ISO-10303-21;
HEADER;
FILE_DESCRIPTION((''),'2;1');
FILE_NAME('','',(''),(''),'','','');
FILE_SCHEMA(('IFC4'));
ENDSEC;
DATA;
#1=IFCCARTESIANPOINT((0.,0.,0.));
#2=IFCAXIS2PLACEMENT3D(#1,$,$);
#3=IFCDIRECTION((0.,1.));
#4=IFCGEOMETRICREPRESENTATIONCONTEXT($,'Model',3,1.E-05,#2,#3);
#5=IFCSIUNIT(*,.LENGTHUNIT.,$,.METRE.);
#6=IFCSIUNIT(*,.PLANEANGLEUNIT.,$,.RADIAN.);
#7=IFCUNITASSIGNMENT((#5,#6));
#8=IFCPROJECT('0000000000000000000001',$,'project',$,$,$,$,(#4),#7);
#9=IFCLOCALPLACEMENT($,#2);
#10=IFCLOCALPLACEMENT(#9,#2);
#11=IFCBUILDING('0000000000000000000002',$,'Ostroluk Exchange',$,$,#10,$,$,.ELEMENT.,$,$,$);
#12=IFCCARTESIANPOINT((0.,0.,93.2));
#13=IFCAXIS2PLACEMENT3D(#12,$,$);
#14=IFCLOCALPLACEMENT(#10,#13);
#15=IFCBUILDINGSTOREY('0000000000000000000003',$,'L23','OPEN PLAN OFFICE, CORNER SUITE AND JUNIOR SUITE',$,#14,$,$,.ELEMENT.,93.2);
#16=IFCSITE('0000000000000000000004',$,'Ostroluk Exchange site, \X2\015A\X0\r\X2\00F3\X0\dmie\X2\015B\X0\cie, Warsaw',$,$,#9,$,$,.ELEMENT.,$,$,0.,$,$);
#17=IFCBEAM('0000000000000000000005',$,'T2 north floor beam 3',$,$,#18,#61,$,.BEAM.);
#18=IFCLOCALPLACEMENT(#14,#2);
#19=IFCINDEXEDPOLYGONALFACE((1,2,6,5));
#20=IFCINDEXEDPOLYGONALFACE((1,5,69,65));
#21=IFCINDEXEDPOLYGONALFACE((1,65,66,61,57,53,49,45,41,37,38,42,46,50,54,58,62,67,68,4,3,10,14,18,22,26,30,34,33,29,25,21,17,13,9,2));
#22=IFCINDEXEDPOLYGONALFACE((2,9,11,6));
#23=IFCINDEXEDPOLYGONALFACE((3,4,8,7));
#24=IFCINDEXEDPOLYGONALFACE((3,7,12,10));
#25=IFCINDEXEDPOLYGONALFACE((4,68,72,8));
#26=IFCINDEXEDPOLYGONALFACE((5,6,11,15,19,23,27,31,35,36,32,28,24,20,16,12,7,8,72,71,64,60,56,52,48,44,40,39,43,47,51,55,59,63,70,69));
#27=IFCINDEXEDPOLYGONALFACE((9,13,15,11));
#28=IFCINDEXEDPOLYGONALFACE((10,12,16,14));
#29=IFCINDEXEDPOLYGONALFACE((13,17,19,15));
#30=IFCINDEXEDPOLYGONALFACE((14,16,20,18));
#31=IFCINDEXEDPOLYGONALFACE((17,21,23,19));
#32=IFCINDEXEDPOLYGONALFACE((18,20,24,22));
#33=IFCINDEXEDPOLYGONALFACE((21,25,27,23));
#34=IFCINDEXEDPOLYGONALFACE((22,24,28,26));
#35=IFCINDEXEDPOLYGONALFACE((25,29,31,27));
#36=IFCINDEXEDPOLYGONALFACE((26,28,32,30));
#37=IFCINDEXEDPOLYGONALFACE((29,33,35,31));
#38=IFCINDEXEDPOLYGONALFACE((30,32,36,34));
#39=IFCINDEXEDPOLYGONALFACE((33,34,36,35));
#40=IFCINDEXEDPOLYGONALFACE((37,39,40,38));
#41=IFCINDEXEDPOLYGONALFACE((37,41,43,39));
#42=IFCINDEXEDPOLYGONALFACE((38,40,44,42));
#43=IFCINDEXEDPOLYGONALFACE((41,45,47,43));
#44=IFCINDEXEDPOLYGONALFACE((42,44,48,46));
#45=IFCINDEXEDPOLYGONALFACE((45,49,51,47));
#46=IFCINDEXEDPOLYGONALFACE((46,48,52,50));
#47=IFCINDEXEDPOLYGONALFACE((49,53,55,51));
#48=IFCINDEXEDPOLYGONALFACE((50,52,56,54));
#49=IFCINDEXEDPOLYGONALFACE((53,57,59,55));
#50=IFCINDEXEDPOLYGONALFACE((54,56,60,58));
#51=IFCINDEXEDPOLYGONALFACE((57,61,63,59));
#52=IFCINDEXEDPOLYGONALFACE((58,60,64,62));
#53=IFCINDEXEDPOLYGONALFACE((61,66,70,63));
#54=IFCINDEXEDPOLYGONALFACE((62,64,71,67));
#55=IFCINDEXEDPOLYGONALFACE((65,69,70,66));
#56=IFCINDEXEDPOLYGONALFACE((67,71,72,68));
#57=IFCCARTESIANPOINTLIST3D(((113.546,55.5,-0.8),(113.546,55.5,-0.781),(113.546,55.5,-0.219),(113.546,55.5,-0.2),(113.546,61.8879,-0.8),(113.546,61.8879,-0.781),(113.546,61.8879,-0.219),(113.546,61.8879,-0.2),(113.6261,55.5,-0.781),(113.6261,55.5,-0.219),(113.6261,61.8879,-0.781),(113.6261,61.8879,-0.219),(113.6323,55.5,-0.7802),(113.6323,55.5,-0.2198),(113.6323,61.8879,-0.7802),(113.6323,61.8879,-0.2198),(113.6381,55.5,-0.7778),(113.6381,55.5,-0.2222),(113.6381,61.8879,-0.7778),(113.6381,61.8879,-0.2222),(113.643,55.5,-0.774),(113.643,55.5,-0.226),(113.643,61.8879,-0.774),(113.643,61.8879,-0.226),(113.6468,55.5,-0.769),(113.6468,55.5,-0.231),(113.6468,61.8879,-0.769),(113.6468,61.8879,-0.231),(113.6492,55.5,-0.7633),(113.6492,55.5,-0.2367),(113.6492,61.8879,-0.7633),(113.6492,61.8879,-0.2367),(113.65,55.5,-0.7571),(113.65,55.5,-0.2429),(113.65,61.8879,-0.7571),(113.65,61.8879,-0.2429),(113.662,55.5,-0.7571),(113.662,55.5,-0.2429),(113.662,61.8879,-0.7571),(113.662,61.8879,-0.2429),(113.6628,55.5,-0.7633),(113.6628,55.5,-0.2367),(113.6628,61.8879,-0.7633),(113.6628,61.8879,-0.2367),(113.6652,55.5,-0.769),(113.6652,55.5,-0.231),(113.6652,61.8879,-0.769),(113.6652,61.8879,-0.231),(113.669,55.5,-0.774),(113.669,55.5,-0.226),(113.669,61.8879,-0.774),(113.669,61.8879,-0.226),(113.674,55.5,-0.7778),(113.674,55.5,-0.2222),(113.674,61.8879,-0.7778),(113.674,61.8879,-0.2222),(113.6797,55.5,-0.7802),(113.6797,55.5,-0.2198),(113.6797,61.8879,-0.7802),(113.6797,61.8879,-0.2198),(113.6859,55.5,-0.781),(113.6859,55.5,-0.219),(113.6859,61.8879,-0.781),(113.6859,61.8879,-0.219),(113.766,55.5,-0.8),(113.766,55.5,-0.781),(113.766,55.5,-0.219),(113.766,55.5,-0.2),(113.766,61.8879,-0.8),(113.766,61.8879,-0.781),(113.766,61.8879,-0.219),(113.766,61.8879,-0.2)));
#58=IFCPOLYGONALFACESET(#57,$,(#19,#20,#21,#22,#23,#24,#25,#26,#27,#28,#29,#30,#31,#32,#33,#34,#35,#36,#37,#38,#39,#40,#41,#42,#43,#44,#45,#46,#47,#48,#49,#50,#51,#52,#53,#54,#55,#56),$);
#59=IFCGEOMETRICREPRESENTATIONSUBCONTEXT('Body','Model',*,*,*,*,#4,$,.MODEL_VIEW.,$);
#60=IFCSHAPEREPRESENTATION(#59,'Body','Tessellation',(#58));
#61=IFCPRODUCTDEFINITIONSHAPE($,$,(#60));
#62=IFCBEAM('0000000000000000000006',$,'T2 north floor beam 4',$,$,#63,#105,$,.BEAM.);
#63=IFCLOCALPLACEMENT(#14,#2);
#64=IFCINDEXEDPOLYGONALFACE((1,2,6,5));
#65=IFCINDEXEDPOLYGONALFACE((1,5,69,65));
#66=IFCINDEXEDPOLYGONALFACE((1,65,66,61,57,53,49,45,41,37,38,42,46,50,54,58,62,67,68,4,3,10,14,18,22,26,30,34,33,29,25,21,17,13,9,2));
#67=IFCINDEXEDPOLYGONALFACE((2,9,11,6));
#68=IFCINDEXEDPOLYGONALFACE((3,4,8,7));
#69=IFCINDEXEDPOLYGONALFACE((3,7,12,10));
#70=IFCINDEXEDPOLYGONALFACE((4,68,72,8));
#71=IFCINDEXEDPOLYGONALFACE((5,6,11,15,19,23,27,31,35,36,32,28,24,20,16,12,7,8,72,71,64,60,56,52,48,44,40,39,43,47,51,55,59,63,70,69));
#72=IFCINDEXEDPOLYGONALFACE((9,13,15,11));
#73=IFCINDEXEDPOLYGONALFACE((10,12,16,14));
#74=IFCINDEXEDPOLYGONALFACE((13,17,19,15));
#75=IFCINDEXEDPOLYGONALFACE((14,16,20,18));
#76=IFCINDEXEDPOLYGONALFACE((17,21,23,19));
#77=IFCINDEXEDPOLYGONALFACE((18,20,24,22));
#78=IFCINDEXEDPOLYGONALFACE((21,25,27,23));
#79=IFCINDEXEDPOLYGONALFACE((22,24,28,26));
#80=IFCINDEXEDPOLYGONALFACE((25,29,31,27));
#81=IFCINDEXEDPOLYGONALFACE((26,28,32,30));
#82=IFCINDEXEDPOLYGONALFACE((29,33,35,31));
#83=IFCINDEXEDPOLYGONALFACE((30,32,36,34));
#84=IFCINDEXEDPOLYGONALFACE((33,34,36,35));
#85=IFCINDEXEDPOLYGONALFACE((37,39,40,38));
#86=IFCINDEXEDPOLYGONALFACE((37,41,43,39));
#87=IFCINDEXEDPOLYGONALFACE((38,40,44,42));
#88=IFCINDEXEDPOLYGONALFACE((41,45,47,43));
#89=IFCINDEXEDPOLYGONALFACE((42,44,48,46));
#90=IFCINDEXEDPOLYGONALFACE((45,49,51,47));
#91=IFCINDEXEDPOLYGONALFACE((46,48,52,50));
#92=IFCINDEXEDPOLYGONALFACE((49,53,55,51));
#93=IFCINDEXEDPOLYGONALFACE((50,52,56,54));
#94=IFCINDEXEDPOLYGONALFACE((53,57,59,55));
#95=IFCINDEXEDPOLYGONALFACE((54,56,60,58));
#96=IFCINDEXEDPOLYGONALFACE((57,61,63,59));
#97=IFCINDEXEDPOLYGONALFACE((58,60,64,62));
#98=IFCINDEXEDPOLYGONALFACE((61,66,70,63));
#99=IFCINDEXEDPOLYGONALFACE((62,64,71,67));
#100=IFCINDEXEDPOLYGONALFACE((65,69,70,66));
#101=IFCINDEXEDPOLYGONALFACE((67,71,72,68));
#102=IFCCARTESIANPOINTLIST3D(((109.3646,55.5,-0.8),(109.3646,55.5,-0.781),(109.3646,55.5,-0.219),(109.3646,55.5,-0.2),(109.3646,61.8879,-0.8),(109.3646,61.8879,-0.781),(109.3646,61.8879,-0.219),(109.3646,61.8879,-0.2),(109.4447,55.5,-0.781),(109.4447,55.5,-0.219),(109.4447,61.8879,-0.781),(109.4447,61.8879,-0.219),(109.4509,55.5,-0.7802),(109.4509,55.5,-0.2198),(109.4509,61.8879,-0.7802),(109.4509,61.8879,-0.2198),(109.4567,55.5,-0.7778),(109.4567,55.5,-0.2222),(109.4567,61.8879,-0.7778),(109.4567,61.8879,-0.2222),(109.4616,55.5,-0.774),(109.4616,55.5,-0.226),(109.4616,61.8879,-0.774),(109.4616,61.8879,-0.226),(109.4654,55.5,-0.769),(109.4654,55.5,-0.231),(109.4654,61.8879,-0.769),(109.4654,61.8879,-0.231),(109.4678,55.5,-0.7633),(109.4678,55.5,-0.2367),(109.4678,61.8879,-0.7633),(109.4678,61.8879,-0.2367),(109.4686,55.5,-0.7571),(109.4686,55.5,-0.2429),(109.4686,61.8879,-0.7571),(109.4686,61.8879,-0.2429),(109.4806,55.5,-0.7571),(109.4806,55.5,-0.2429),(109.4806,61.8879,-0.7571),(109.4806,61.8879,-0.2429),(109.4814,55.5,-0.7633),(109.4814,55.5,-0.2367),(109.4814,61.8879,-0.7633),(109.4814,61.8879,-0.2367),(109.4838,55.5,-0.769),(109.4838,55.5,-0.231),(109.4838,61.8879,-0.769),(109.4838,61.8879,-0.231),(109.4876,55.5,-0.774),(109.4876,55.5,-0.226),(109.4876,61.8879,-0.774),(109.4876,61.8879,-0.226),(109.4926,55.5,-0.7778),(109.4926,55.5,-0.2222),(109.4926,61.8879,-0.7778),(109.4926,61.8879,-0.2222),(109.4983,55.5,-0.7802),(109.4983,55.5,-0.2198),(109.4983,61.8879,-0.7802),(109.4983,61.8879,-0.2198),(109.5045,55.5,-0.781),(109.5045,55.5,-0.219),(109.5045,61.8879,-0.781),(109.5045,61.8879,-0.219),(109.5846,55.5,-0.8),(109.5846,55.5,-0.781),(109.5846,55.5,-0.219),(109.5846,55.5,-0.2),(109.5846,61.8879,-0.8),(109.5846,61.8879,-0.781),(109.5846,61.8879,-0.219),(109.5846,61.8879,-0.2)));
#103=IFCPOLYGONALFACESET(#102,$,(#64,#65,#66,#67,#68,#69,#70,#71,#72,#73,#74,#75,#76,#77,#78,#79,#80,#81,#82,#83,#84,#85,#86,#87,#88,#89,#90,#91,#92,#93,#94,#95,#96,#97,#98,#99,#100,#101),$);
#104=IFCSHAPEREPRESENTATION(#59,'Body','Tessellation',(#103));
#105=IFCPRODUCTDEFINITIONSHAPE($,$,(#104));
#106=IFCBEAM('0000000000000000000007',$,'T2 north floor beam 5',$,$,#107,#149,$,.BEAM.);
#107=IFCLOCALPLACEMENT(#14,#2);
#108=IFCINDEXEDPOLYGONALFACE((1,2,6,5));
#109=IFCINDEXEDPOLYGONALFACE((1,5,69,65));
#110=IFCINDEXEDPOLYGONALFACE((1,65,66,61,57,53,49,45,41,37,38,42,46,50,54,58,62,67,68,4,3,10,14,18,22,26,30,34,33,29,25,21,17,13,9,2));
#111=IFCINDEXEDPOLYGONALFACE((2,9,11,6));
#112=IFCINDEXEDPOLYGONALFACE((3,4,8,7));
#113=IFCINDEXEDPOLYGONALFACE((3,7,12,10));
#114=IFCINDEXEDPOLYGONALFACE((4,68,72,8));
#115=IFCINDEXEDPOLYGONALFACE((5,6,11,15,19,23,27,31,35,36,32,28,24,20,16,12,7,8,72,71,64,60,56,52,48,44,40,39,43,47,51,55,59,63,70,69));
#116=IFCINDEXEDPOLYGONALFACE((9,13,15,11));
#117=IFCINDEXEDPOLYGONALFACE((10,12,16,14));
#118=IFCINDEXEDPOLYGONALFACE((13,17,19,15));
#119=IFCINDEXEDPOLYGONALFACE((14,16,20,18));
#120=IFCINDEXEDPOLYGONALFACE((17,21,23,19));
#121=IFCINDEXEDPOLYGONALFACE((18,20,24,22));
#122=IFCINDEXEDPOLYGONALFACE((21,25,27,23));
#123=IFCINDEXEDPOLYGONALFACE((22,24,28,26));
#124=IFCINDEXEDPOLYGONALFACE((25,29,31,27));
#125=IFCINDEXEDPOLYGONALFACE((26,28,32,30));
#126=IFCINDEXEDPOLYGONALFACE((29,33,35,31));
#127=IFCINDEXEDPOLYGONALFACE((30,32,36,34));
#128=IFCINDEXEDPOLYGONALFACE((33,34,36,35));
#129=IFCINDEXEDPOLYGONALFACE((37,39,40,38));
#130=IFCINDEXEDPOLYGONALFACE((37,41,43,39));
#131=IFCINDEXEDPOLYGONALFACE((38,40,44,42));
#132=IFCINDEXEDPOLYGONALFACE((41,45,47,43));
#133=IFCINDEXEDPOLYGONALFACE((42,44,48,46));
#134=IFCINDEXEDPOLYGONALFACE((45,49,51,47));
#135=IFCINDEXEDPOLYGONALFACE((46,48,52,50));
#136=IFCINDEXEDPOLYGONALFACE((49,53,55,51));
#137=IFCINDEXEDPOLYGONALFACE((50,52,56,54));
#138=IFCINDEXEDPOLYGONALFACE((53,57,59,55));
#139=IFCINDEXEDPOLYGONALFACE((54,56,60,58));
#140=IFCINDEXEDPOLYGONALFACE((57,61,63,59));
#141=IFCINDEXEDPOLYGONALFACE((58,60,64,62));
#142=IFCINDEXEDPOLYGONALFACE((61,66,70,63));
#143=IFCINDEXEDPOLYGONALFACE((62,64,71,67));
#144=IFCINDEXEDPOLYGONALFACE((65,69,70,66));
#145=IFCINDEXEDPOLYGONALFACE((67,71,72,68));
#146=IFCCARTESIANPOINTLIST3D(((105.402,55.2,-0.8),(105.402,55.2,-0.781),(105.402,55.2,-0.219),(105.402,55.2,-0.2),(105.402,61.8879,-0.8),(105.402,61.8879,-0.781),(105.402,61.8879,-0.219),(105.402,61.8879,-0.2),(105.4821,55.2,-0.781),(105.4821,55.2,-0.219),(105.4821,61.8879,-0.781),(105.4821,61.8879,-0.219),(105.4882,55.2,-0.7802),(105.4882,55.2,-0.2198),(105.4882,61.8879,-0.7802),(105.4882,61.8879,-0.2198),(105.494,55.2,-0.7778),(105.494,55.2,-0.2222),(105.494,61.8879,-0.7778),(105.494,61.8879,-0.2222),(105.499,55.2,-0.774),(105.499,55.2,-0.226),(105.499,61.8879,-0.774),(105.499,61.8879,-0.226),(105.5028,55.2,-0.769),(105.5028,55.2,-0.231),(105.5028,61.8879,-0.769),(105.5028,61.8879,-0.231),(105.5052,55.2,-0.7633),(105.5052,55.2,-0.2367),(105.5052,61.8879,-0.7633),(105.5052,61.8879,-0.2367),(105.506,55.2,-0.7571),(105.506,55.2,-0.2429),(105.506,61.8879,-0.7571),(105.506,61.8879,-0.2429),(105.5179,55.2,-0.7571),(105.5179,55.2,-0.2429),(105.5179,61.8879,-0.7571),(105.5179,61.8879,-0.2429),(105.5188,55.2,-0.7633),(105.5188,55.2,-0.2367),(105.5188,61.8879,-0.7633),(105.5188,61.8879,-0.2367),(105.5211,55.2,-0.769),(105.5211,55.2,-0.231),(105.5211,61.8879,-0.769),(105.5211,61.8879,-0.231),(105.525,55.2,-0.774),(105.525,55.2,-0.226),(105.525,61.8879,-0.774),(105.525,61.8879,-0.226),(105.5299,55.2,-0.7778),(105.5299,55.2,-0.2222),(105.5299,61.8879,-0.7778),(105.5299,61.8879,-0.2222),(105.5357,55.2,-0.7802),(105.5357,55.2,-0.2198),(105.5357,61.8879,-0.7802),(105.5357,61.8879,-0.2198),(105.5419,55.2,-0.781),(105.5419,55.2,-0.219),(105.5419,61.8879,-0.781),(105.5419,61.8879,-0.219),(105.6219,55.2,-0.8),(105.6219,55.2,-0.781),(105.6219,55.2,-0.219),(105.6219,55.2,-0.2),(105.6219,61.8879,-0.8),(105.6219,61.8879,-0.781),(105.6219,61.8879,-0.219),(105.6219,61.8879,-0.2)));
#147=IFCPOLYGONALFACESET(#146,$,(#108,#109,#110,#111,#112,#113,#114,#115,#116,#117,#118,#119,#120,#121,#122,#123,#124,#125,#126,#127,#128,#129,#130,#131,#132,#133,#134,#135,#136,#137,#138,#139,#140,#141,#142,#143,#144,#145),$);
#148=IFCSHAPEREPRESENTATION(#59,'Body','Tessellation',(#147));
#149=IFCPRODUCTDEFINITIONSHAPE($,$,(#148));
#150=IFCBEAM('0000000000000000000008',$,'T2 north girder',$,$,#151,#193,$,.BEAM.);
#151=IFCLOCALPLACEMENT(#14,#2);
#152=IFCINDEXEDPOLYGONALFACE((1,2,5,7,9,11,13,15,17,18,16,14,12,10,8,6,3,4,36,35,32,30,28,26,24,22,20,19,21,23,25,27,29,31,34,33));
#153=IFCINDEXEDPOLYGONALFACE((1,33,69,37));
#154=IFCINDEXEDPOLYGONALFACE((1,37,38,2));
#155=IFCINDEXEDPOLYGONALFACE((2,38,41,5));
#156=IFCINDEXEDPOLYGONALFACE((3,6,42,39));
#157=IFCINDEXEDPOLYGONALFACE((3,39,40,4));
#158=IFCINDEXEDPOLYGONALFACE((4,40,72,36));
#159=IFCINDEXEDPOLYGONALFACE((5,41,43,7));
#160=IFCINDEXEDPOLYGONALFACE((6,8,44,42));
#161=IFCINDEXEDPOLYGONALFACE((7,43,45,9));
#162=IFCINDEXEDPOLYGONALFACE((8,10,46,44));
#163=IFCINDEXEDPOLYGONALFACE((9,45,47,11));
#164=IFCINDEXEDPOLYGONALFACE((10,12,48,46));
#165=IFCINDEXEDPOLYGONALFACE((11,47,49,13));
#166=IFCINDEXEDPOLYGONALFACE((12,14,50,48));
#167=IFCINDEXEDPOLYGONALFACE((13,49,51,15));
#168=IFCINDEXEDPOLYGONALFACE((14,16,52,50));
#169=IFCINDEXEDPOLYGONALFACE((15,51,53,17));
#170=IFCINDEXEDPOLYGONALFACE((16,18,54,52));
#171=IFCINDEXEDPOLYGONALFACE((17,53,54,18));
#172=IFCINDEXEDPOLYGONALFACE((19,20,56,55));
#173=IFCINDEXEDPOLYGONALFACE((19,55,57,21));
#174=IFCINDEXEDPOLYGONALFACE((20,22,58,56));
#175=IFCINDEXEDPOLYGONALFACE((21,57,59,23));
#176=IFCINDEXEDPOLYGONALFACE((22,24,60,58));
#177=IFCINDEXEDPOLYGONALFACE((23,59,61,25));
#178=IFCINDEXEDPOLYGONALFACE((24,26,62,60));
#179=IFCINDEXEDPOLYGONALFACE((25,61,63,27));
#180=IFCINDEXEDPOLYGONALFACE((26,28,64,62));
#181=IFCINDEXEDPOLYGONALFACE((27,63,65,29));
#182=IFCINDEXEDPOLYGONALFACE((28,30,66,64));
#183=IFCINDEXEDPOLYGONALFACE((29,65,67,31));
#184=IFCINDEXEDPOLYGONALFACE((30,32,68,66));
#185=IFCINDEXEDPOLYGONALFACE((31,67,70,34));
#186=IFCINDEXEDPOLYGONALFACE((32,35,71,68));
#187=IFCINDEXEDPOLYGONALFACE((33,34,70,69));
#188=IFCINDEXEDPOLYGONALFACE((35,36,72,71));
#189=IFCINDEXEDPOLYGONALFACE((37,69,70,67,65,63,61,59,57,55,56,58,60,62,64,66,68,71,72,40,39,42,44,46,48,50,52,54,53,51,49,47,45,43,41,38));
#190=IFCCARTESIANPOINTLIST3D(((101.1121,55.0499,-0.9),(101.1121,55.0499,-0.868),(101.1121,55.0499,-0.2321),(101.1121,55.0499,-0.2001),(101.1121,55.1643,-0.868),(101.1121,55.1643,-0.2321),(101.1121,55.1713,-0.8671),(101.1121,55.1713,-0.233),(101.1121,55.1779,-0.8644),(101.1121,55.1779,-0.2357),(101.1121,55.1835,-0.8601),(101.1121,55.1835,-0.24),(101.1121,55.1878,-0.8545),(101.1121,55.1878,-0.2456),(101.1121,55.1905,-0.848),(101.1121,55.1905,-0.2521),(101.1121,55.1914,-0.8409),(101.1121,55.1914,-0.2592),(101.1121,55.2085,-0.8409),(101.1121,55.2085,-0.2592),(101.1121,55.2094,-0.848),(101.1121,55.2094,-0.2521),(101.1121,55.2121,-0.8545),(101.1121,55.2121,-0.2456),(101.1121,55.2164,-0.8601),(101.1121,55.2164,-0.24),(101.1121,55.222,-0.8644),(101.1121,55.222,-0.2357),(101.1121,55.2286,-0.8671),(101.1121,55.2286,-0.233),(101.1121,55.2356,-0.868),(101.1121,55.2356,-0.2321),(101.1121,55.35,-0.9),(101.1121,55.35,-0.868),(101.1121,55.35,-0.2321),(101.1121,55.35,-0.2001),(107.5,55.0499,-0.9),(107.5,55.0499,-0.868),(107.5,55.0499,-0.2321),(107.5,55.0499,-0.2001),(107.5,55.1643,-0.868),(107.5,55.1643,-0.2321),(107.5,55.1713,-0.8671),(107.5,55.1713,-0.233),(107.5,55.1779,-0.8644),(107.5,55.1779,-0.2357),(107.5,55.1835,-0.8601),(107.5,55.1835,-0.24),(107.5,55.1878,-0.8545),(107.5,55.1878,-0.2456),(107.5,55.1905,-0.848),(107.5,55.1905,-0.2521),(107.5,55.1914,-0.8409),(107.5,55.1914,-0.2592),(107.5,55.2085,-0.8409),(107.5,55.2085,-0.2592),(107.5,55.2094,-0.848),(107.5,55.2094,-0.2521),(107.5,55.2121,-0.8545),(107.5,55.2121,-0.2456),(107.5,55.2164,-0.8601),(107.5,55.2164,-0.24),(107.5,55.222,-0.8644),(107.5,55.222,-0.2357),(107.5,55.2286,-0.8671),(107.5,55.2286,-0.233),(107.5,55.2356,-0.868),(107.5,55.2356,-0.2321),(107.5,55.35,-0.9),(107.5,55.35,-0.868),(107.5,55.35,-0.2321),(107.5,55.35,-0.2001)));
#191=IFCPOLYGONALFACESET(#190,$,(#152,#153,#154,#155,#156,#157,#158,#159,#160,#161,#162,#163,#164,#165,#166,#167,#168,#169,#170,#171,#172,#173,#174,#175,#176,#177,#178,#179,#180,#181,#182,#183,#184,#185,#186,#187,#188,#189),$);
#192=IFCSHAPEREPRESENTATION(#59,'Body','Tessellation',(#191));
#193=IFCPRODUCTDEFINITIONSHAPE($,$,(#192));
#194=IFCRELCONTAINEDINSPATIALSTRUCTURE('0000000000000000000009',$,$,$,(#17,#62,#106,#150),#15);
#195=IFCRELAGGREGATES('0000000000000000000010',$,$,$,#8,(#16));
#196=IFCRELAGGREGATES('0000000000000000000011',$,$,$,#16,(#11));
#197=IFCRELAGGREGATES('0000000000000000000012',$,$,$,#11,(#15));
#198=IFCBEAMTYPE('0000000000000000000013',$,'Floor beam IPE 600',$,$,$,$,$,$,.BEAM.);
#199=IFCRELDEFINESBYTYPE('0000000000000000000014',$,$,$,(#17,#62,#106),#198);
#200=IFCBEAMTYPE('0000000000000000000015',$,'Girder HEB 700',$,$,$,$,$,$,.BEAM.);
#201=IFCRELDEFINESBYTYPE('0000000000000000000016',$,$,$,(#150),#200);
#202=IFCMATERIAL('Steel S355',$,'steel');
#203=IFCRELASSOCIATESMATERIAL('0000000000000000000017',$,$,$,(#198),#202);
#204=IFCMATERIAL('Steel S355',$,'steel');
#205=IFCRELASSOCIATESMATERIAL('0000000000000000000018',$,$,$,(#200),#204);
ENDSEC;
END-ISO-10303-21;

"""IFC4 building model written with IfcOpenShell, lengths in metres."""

from ifc_helpers import new_model, si_unit, direction, frame, origin, origin_2d, place, context, subcontext, project, spatial, i_section, extrude, material, material_profile, profile_set, type_object, element, save


model = new_model("IFC4")

# Units and contexts
model_context = context("Model", 3, precision=1e-05, world=origin(), true_north=direction((0.0, 1.0)))
body_context = subcontext(model_context, "Body", "Model", "MODEL_VIEW")
ifc_project = project(units=[si_unit("LENGTHUNIT", "METRE"), si_unit("PLANEANGLEUNIT", "RADIAN")], contexts=[model_context])

# Site, building, storey
site_placement = place(None, origin())
site = spatial("IfcSite", under=ifc_project, at=site_placement, Name="Ostroluk Exchange site, Śródmieście, Warsaw", CompositionType="ELEMENT", RefElevation=0.0)
building_placement = place(site_placement, origin())
building = spatial("IfcBuilding", under=site, at=building_placement, Name="Ostroluk Exchange", CompositionType="ELEMENT")
storey_placement = place(building_placement, frame((0.0, 0.0, 93.2)))
storey = spatial("IfcBuildingStorey", under=building, at=storey_placement, Name="L23", Description="OPEN PLAN OFFICE, CORNER SUITE AND JUNIOR SUITE", CompositionType="ELEMENT", Elevation=93.2)

# Beams
ifc_material_1 = material(Name="Steel S355", Category="steel")
ifc_material_profile_1 = material_profile(ifc_material_1, i_section(OverallWidth=0.22, OverallDepth=0.6001, WebThickness=0.012, FlangeThickness=0.019, FilletRadius=0.0239, at=origin_2d()), Name="IPE 600")
ifc_profile_set_1 = profile_set([ifc_material_profile_1], Name="Steel S355")
beam_type_1 = type_object("IfcBeamType", Name="Floor beam IPE 600", PredefinedType="BEAM", material=ifc_profile_set_1)
for number, where, z_axis, x_axis, name in (
    (1, (113.656, 55.5, -0.5), (0.0, 1.0, 0.0), (-1.0, 0.0, 0.0), "T2 north floor beam 3"),
    (2, (109.4746, 55.5, -0.5), (0.0, 1.0, 0.0), (-1.0, 0.0, 0.0), "T2 north floor beam 4"),
):
    element("IfcBeam", number, at=place(storey_placement, frame(where, z_axis=z_axis, x_axis=x_axis)), inside=storey, type_object=beam_type_1, Name=name, PredefinedType="BEAM", context=body_context, shape_type="SweptSolid", body=[
        extrude(i_section(OverallWidth=0.22, OverallDepth=0.6001, WebThickness=0.012, FlangeThickness=0.019, FilletRadius=0.0239, at=origin_2d()), origin(), (0.0, 0.0, 1.0), 6.3879),
    ])
beam_1_placement = place(storey_placement, frame((105.512, 55.2, -0.5), z_axis=(0.0, 1.0, 0.0), x_axis=(-1.0, 0.0, 0.0)))
element("IfcBeam", 3, at=beam_1_placement, inside=storey, type_object=beam_type_1, Name="T2 north floor beam 5", PredefinedType="BEAM", context=body_context, shape_type="SweptSolid", body=[
    extrude(i_section(OverallWidth=0.22, OverallDepth=0.6001, WebThickness=0.012, FlangeThickness=0.019, FilletRadius=0.0239, at=origin_2d()), origin(), (0.0, 0.0, 1.0), 6.688),
])
ifc_material_2 = material(Name="Steel S355", Category="steel")
ifc_material_profile_2 = material_profile(ifc_material_2, i_section(OverallWidth=0.3, OverallDepth=0.7, WebThickness=0.0171, FlangeThickness=0.032, FilletRadius=0.0271, at=origin_2d()), Name="HEB 700")
ifc_profile_set_2 = profile_set([ifc_material_profile_2], Name="Steel S355")
beam_type_2 = type_object("IfcBeamType", Name="Girder HEB 700", PredefinedType="BEAM", material=ifc_profile_set_2)
beam_2_placement = place(storey_placement, frame((107.5, 55.2, -0.55), z_axis=(-1.0, 0.0, 0.0), x_axis=(0.0, -1.0, 0.0)))
element("IfcBeam", 4, at=beam_2_placement, inside=storey, type_object=beam_type_2, Name="T2 north girder", PredefinedType="BEAM", context=body_context, shape_type="SweptSolid", body=[
    extrude(i_section(OverallWidth=0.3, OverallDepth=0.7, WebThickness=0.0171, FlangeThickness=0.032, FilletRadius=0.0271, at=origin_2d()), origin(), (0.0, 0.0, 1.0), 6.3879),
])

save(model, "model.ifc")
